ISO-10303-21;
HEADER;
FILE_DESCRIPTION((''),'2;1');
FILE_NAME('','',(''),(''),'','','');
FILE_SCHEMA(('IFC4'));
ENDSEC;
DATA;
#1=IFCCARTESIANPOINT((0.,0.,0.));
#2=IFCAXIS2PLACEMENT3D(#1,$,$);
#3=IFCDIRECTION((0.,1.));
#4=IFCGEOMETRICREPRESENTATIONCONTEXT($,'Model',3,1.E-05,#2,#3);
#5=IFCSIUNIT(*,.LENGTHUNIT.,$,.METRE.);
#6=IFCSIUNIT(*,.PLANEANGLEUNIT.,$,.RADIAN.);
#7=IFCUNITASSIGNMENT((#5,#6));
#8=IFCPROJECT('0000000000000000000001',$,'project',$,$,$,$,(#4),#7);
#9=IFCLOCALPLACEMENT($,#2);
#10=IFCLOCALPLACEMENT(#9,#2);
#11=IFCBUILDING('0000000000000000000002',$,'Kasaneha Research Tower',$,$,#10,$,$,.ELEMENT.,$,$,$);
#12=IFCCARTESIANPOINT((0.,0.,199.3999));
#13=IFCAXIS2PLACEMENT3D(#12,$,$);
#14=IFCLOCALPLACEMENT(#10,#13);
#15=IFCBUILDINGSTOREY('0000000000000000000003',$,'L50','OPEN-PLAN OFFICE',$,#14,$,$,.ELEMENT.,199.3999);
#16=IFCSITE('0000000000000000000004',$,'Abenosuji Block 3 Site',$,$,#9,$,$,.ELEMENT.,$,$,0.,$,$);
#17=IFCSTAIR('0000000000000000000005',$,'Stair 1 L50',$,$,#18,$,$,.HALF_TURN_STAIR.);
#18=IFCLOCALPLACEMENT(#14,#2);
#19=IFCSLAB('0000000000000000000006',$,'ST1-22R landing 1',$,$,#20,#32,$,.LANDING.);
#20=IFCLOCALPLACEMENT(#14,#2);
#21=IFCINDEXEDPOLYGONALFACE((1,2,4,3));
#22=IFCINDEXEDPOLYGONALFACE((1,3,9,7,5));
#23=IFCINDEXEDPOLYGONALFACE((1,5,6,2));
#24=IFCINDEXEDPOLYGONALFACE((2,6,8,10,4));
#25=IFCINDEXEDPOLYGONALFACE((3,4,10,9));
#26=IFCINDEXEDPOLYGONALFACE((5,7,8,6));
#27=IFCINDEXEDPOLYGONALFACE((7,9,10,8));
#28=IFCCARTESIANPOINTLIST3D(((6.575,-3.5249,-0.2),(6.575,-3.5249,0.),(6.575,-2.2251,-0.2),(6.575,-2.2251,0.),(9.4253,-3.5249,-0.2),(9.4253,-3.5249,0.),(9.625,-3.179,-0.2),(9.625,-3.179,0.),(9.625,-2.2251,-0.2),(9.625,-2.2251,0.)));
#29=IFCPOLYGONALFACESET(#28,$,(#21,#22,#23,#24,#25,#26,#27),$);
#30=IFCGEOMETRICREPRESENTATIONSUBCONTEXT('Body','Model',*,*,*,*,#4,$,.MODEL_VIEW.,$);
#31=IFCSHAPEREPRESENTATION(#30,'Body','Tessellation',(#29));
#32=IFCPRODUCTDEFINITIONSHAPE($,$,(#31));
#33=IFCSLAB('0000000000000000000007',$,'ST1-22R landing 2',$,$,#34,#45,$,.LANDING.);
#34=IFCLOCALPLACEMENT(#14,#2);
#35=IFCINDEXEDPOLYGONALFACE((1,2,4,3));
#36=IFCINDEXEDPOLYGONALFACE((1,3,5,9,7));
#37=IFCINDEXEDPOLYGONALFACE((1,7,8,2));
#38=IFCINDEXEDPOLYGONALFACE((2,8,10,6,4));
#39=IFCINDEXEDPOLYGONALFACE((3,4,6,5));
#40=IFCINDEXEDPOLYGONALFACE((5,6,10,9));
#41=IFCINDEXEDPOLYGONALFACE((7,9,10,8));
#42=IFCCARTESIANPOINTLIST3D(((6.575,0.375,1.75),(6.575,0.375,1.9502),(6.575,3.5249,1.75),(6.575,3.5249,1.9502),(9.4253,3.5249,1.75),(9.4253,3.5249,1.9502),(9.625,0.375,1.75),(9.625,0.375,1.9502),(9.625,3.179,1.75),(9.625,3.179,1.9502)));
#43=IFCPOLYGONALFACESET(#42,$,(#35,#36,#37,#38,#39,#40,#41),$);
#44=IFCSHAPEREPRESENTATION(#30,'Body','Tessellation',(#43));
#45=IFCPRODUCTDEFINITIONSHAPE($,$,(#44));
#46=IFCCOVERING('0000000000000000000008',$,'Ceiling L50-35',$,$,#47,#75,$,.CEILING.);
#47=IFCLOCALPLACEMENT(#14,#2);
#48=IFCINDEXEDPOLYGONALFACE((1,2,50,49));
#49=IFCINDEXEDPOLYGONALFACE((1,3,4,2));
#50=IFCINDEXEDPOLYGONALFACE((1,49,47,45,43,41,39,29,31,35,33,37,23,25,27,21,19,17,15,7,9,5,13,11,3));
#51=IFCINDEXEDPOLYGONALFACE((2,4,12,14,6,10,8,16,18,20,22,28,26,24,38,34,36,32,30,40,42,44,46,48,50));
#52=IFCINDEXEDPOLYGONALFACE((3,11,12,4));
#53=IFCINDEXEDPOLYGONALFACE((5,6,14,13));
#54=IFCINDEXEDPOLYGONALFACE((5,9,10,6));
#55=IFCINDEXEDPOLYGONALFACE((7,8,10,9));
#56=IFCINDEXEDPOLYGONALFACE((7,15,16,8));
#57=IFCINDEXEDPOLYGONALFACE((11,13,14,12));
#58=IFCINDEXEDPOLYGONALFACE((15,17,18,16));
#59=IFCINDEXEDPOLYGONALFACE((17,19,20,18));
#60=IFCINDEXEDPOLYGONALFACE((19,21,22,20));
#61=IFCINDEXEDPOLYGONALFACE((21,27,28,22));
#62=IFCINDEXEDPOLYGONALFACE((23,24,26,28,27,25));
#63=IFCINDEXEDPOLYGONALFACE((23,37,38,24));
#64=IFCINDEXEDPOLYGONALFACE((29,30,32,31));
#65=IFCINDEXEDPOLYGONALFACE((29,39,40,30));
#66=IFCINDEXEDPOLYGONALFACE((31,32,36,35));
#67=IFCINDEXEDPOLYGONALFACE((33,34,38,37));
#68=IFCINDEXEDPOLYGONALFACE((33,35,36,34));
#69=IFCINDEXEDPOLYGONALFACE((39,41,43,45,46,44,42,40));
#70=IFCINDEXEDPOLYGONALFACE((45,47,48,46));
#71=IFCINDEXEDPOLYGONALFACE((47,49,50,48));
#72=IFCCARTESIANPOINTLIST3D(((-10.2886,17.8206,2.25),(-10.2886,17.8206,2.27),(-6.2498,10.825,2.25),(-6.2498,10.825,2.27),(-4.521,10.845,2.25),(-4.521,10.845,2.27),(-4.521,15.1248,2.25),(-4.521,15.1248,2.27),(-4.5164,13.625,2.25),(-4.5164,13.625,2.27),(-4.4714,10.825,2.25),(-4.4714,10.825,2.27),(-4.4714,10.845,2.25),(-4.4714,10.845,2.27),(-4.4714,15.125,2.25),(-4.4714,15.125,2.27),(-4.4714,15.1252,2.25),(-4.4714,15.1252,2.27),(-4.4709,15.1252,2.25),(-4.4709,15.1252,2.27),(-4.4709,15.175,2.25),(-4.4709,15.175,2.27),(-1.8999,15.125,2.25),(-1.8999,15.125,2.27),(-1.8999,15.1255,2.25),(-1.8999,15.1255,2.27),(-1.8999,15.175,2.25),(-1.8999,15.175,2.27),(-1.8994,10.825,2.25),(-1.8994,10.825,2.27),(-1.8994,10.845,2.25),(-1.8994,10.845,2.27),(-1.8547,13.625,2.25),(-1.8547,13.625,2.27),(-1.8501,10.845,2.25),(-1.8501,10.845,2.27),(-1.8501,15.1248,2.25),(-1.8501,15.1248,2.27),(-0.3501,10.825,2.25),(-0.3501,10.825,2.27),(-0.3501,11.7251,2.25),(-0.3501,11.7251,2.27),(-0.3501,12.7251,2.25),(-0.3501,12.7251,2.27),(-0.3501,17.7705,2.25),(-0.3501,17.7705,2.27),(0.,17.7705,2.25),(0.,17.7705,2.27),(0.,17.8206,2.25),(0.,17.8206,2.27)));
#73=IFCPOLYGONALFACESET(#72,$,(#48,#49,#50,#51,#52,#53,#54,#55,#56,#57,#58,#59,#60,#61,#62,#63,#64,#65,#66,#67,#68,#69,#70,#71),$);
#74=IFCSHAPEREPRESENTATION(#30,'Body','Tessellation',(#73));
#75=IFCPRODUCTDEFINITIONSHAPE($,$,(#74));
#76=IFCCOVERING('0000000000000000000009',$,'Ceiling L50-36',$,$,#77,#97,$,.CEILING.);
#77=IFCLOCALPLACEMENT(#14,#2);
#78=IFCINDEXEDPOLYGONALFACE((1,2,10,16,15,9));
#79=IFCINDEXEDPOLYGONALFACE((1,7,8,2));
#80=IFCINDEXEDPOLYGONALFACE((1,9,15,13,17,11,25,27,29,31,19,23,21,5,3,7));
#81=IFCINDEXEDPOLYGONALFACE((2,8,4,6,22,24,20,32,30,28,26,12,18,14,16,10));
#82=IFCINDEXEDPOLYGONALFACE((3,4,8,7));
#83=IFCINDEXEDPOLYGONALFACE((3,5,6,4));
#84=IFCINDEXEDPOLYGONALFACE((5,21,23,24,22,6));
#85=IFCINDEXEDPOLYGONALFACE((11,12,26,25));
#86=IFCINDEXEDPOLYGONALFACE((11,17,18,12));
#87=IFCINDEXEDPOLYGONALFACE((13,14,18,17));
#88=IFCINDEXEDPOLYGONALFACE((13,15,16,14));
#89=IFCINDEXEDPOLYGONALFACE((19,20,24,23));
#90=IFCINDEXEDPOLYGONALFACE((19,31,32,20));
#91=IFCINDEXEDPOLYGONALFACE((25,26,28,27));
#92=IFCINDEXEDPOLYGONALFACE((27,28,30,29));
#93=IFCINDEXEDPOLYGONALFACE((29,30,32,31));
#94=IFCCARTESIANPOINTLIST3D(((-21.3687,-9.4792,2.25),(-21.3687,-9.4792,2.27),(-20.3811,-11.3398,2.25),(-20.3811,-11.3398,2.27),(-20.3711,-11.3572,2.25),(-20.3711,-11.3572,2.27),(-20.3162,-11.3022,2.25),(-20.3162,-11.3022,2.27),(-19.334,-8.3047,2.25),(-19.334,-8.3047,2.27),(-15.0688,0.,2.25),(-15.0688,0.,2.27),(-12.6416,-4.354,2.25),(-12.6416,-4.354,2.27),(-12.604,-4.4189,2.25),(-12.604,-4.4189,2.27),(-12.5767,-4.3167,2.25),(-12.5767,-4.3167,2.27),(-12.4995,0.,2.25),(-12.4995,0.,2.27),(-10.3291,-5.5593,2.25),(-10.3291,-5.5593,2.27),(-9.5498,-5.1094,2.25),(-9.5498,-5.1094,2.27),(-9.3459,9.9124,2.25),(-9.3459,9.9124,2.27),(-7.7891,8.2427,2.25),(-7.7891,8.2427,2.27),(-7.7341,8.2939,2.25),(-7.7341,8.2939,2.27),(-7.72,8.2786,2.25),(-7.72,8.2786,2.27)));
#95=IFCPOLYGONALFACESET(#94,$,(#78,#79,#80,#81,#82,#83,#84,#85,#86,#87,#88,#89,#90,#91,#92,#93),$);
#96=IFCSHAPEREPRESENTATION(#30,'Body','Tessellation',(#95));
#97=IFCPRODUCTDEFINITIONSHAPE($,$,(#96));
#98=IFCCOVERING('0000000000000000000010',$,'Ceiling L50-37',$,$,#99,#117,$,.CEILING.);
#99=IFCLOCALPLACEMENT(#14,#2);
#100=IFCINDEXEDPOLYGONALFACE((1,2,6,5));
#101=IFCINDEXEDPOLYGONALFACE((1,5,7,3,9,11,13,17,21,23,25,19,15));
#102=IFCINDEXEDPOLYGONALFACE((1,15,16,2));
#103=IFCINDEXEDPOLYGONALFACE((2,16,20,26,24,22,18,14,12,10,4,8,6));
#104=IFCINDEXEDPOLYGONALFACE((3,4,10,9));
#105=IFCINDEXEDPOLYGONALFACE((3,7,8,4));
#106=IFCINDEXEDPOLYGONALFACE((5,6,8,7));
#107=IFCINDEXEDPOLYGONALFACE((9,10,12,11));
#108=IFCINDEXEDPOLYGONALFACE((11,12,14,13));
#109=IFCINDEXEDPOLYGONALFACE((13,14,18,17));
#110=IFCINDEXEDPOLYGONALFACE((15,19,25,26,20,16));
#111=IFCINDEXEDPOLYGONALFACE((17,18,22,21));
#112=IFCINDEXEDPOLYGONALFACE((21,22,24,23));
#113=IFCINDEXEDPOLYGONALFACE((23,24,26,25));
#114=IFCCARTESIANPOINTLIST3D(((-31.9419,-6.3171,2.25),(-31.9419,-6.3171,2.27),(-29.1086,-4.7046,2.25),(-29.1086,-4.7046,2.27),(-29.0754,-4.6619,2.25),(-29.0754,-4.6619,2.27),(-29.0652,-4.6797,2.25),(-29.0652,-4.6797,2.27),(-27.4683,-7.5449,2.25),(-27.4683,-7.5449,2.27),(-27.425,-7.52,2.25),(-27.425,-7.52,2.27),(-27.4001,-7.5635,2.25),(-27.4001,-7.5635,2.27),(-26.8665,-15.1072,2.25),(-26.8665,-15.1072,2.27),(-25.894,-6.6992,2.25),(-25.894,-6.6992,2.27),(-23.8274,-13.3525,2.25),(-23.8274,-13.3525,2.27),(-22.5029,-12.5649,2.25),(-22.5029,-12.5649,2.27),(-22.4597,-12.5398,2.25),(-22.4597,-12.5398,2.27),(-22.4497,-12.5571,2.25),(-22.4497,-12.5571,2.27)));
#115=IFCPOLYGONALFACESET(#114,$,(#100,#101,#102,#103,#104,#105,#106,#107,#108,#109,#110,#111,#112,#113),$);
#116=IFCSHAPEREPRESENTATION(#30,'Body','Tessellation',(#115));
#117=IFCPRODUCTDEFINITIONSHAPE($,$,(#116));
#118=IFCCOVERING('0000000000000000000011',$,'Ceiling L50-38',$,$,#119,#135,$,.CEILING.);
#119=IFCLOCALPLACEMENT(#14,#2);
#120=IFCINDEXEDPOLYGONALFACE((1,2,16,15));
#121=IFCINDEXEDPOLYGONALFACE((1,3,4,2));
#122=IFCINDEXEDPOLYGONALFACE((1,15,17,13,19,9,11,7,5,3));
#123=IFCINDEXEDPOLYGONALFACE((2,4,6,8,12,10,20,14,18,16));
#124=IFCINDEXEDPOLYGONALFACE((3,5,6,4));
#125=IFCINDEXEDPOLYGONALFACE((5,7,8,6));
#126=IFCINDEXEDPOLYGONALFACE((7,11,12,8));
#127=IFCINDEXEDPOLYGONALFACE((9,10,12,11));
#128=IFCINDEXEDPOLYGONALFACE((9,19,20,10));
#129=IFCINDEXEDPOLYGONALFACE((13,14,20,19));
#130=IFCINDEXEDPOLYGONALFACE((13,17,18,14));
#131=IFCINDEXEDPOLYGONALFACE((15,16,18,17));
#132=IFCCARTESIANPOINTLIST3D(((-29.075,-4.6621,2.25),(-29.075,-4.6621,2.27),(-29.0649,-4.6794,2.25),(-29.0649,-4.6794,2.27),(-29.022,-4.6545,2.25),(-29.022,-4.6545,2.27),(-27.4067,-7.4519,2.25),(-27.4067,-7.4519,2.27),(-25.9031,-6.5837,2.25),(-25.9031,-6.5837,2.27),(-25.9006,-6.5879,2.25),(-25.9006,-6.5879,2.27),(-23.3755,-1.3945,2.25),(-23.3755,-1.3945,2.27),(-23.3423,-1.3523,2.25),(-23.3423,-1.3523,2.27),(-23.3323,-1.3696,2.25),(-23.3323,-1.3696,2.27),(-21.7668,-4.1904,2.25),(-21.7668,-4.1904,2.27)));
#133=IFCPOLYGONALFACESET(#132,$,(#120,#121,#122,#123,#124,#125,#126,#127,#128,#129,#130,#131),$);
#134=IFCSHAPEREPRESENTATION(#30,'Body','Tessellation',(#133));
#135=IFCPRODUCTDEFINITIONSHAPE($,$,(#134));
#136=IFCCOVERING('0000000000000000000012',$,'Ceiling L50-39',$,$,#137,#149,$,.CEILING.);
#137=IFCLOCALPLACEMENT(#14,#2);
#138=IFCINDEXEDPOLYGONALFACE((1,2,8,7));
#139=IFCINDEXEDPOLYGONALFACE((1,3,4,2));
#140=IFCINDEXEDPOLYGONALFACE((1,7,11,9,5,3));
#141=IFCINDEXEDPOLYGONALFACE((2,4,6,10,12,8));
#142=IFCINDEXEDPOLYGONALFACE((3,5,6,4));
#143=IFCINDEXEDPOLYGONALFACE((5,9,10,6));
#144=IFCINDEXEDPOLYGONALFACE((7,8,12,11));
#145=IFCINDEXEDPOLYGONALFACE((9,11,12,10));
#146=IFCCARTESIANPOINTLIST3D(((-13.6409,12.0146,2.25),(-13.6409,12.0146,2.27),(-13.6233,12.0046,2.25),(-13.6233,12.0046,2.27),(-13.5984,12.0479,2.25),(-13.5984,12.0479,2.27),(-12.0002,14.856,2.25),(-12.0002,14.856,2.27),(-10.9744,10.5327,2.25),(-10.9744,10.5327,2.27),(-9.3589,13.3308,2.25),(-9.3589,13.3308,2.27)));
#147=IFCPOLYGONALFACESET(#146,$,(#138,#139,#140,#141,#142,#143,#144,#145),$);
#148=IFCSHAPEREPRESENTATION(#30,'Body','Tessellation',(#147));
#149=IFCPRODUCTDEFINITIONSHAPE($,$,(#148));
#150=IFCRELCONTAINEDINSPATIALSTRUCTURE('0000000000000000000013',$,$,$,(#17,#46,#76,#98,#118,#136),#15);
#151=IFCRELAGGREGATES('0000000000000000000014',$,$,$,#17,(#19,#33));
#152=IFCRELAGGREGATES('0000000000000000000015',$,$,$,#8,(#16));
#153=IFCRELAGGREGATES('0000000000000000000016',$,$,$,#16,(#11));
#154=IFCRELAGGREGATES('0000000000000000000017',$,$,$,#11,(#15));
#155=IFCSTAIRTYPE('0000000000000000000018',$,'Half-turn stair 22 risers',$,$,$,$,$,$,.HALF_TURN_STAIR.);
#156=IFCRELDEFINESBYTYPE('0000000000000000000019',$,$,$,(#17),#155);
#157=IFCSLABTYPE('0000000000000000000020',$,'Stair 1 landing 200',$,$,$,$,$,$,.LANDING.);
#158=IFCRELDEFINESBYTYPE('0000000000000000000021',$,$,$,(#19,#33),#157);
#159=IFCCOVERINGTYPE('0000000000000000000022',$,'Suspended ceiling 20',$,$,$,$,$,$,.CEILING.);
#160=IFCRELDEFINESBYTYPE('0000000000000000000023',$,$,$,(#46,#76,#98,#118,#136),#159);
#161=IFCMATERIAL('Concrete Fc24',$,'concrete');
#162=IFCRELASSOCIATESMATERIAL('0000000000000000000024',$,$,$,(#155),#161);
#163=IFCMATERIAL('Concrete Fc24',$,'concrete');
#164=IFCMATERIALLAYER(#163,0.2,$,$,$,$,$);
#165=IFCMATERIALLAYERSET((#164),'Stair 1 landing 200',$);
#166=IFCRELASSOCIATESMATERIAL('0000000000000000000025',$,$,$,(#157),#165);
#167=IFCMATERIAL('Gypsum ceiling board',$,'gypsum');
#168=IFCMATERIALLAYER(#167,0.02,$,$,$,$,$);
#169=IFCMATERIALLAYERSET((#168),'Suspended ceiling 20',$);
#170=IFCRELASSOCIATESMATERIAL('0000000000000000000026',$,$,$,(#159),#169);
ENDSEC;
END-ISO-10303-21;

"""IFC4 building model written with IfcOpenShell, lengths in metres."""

from ifc_helpers import new_model, si_unit, direction, frame, origin, place, context, subcontext, project, spatial, polyline, outline, extrude, material, layer, layer_set, type_object, element, aggregate, save


model = new_model("IFC4")

# Units and contexts
model_context = context("Model", 3, precision=1e-05, world=origin(), true_north=direction((0.0, 1.0)))
body_context = subcontext(model_context, "Body", "Model", "MODEL_VIEW")
ifc_project = project(units=[si_unit("LENGTHUNIT", "METRE"), si_unit("PLANEANGLEUNIT", "RADIAN")], contexts=[model_context])

# Site, building, storey
site_placement = place(None, origin())
site = spatial("IfcSite", under=ifc_project, at=site_placement, Name="Abenosuji Block 3 Site", CompositionType="ELEMENT", RefElevation=0.0)
building_placement = place(site_placement, origin())
building = spatial("IfcBuilding", under=site, at=building_placement, Name="Kasaneha Research Tower", CompositionType="ELEMENT")
storey_placement = place(building_placement, frame((0.0, 0.0, 199.3999)))
storey = spatial("IfcBuildingStorey", under=building, at=storey_placement, Name="L50", Description="OPEN-PLAN OFFICE", CompositionType="ELEMENT", Elevation=199.3999)

# Stair, slabs
ifc_material_1 = material(Name="Concrete Fc24", Category="concrete")
stair_type = type_object("IfcStairType", Name="Half-turn stair 22 risers", PredefinedType="HALF_TURN_STAIR", material=ifc_material_1)
stair_placement = place(storey_placement, origin())
stair = element("IfcStair", 1, at=stair_placement, inside=storey, type_object=stair_type, Name="Stair 1 L50", PredefinedType="HALF_TURN_STAIR")
ifc_material_2 = material(Name="Concrete Fc24", Category="concrete")
ifc_layer_1 = layer(ifc_material_2, 0.2)
ifc_layer_set_1 = layer_set([ifc_layer_1], Name="Stair 1 landing 200")
slab_type = type_object("IfcSlabType", Name="Stair 1 landing 200", PredefinedType="LANDING", material=ifc_layer_set_1)
slab_1_placement = place(storey_placement, frame((0.0, 0.0, -0.2)))
slab_1 = element("IfcSlab", 2, at=slab_1_placement, type_object=slab_type, Name="ST1-22R landing 1", PredefinedType="LANDING", context=body_context, shape_type="SweptSolid", body=[
    extrude(outline(polyline([(9.4253, -3.5249), (6.575, -3.5249), (6.575, -2.2251), (9.625, -2.2251), (9.625, -3.179), (9.4253, -3.5249)])), origin(), (0.0, 0.0, 1.0), 0.2),
])
slab_2_placement = place(storey_placement, frame((0.0, 0.0, 1.75)))
slab_2 = element("IfcSlab", 3, at=slab_2_placement, type_object=slab_type, Name="ST1-22R landing 2", PredefinedType="LANDING", context=body_context, shape_type="SweptSolid", body=[
    extrude(outline(polyline([(6.575, 3.5249), (9.4253, 3.5249), (9.625, 3.179), (9.625, 0.375), (6.575, 0.375), (6.575, 3.5249)])), origin(), (0.0, 0.0, 1.0), 0.2002),
])
aggregate(stair, [slab_1, slab_2])

# Coverings
ifc_material_3 = material(Name="Gypsum ceiling board", Category="gypsum")
ifc_layer_2 = layer(ifc_material_3, 0.02)
ifc_layer_set_2 = layer_set([ifc_layer_2], Name="Suspended ceiling 20")
covering_type_1 = type_object("IfcCoveringType", Name="Suspended ceiling 20", PredefinedType="CEILING", material=ifc_layer_set_2)
covering_1_placement = place(storey_placement, frame((0.0, 0.0, 2.25)))
element("IfcCovering", 4, at=covering_1_placement, inside=storey, type_object=covering_type_1, Name="Ceiling L50-35", PredefinedType="CEILING", context=body_context, shape_type="SweptSolid", body=[
    extrude(outline(polyline([(-0.3501, 11.7251), (-0.3501, 10.825), (-1.8994, 10.825), (-1.8994, 10.845), (-1.8501, 10.845), (-1.8547, 13.625), (-1.8501, 15.1248), (-1.8999, 15.125), (-1.8999, 15.1255), (-1.8999, 15.175), (-4.4709, 15.175), (-4.4709, 15.1252), (-4.4714, 15.1252), (-4.4714, 15.125), (-4.521, 15.1248), (-4.5164, 13.625), (-4.521, 10.845), (-4.4714, 10.845), (-4.4714, 10.825), (-6.2498, 10.825), (-10.2886, 17.8206), (0.0, 17.8206), (0.0, 17.7705), (-0.3501, 17.7705), (-0.3501, 17.7705), (-0.3501, 12.7251), (-0.3501, 11.7251)])), origin(), (0.0, 0.0, 1.0), 0.02),
])
covering_2_placement = place(storey_placement, frame((0.0, 0.0, 2.25)))
element("IfcCovering", 5, at=covering_2_placement, inside=storey, type_object=covering_type_1, Name="Ceiling L50-36", PredefinedType="CEILING", context=body_context, shape_type="SweptSolid", body=[
    extrude(outline(polyline([(-9.5498, -5.1094), (-10.3291, -5.5593), (-10.3291, -5.5593), (-20.3711, -11.3572), (-20.3811, -11.3398), (-20.3162, -11.3022), (-21.3687, -9.4792), (-19.334, -8.3047), (-19.334, -8.3047), (-12.604, -4.4189), (-12.6416, -4.354), (-12.5767, -4.3167), (-15.0688, 0.0), (-9.3459, 9.9124), (-7.7891, 8.2427), (-7.7341, 8.2939), (-7.72, 8.2786), (-12.4995, 0.0), (-9.5498, -5.1094)])), origin(), (0.0, 0.0, 1.0), 0.02),
])
covering_3_placement = place(storey_placement, frame((0.0, 0.0, 2.25)))
element("IfcCovering", 6, at=covering_3_placement, inside=storey, type_object=covering_type_1, Name="Ceiling L50-37", PredefinedType="CEILING", context=body_context, shape_type="SweptSolid", body=[
    extrude(outline(polyline([(-29.0754, -4.6619), (-29.0652, -4.6797), (-29.1086, -4.7046), (-27.4683, -7.5449), (-27.425, -7.52), (-27.4001, -7.5635), (-25.894, -6.6992), (-22.5029, -12.5649), (-22.4597, -12.5398), (-22.4497, -12.5571), (-23.8274, -13.3525), (-26.8665, -15.1072), (-31.9419, -6.3171), (-29.0754, -4.6619)])), origin(), (0.0, 0.0, 1.0), 0.02),
])
covering_4_placement = place(storey_placement, frame((0.0, 0.0, 2.25)))
element("IfcCovering", 7, at=covering_4_placement, inside=storey, type_object=covering_type_1, Name="Ceiling L50-38", PredefinedType="CEILING", context=body_context, shape_type="SweptSolid", body=[
    extrude(outline(polyline([(-23.3423, -1.3523), (-23.3323, -1.3696), (-23.3755, -1.3945), (-21.7668, -4.1904), (-25.9031, -6.5837), (-25.9006, -6.5879), (-27.4067, -7.4519), (-29.022, -4.6545), (-29.0649, -4.6794), (-29.075, -4.6621), (-23.3423, -1.3523)])), origin(), (0.0, 0.0, 1.0), 0.02),
])
covering_5_placement = place(storey_placement, frame((0.0, 0.0, 2.25)))
element("IfcCovering", 8, at=covering_5_placement, inside=storey, type_object=covering_type_1, Name="Ceiling L50-39", PredefinedType="CEILING", context=body_context, shape_type="SweptSolid", body=[
    extrude(outline(polyline([(-12.0002, 14.856), (-9.3589, 13.3308), (-10.9744, 10.5327), (-13.5984, 12.0479), (-13.6233, 12.0046), (-13.6409, 12.0146), (-12.0002, 14.856)])), origin(), (0.0, 0.0, 1.0), 0.02),
])

save(model, "model.ifc")
